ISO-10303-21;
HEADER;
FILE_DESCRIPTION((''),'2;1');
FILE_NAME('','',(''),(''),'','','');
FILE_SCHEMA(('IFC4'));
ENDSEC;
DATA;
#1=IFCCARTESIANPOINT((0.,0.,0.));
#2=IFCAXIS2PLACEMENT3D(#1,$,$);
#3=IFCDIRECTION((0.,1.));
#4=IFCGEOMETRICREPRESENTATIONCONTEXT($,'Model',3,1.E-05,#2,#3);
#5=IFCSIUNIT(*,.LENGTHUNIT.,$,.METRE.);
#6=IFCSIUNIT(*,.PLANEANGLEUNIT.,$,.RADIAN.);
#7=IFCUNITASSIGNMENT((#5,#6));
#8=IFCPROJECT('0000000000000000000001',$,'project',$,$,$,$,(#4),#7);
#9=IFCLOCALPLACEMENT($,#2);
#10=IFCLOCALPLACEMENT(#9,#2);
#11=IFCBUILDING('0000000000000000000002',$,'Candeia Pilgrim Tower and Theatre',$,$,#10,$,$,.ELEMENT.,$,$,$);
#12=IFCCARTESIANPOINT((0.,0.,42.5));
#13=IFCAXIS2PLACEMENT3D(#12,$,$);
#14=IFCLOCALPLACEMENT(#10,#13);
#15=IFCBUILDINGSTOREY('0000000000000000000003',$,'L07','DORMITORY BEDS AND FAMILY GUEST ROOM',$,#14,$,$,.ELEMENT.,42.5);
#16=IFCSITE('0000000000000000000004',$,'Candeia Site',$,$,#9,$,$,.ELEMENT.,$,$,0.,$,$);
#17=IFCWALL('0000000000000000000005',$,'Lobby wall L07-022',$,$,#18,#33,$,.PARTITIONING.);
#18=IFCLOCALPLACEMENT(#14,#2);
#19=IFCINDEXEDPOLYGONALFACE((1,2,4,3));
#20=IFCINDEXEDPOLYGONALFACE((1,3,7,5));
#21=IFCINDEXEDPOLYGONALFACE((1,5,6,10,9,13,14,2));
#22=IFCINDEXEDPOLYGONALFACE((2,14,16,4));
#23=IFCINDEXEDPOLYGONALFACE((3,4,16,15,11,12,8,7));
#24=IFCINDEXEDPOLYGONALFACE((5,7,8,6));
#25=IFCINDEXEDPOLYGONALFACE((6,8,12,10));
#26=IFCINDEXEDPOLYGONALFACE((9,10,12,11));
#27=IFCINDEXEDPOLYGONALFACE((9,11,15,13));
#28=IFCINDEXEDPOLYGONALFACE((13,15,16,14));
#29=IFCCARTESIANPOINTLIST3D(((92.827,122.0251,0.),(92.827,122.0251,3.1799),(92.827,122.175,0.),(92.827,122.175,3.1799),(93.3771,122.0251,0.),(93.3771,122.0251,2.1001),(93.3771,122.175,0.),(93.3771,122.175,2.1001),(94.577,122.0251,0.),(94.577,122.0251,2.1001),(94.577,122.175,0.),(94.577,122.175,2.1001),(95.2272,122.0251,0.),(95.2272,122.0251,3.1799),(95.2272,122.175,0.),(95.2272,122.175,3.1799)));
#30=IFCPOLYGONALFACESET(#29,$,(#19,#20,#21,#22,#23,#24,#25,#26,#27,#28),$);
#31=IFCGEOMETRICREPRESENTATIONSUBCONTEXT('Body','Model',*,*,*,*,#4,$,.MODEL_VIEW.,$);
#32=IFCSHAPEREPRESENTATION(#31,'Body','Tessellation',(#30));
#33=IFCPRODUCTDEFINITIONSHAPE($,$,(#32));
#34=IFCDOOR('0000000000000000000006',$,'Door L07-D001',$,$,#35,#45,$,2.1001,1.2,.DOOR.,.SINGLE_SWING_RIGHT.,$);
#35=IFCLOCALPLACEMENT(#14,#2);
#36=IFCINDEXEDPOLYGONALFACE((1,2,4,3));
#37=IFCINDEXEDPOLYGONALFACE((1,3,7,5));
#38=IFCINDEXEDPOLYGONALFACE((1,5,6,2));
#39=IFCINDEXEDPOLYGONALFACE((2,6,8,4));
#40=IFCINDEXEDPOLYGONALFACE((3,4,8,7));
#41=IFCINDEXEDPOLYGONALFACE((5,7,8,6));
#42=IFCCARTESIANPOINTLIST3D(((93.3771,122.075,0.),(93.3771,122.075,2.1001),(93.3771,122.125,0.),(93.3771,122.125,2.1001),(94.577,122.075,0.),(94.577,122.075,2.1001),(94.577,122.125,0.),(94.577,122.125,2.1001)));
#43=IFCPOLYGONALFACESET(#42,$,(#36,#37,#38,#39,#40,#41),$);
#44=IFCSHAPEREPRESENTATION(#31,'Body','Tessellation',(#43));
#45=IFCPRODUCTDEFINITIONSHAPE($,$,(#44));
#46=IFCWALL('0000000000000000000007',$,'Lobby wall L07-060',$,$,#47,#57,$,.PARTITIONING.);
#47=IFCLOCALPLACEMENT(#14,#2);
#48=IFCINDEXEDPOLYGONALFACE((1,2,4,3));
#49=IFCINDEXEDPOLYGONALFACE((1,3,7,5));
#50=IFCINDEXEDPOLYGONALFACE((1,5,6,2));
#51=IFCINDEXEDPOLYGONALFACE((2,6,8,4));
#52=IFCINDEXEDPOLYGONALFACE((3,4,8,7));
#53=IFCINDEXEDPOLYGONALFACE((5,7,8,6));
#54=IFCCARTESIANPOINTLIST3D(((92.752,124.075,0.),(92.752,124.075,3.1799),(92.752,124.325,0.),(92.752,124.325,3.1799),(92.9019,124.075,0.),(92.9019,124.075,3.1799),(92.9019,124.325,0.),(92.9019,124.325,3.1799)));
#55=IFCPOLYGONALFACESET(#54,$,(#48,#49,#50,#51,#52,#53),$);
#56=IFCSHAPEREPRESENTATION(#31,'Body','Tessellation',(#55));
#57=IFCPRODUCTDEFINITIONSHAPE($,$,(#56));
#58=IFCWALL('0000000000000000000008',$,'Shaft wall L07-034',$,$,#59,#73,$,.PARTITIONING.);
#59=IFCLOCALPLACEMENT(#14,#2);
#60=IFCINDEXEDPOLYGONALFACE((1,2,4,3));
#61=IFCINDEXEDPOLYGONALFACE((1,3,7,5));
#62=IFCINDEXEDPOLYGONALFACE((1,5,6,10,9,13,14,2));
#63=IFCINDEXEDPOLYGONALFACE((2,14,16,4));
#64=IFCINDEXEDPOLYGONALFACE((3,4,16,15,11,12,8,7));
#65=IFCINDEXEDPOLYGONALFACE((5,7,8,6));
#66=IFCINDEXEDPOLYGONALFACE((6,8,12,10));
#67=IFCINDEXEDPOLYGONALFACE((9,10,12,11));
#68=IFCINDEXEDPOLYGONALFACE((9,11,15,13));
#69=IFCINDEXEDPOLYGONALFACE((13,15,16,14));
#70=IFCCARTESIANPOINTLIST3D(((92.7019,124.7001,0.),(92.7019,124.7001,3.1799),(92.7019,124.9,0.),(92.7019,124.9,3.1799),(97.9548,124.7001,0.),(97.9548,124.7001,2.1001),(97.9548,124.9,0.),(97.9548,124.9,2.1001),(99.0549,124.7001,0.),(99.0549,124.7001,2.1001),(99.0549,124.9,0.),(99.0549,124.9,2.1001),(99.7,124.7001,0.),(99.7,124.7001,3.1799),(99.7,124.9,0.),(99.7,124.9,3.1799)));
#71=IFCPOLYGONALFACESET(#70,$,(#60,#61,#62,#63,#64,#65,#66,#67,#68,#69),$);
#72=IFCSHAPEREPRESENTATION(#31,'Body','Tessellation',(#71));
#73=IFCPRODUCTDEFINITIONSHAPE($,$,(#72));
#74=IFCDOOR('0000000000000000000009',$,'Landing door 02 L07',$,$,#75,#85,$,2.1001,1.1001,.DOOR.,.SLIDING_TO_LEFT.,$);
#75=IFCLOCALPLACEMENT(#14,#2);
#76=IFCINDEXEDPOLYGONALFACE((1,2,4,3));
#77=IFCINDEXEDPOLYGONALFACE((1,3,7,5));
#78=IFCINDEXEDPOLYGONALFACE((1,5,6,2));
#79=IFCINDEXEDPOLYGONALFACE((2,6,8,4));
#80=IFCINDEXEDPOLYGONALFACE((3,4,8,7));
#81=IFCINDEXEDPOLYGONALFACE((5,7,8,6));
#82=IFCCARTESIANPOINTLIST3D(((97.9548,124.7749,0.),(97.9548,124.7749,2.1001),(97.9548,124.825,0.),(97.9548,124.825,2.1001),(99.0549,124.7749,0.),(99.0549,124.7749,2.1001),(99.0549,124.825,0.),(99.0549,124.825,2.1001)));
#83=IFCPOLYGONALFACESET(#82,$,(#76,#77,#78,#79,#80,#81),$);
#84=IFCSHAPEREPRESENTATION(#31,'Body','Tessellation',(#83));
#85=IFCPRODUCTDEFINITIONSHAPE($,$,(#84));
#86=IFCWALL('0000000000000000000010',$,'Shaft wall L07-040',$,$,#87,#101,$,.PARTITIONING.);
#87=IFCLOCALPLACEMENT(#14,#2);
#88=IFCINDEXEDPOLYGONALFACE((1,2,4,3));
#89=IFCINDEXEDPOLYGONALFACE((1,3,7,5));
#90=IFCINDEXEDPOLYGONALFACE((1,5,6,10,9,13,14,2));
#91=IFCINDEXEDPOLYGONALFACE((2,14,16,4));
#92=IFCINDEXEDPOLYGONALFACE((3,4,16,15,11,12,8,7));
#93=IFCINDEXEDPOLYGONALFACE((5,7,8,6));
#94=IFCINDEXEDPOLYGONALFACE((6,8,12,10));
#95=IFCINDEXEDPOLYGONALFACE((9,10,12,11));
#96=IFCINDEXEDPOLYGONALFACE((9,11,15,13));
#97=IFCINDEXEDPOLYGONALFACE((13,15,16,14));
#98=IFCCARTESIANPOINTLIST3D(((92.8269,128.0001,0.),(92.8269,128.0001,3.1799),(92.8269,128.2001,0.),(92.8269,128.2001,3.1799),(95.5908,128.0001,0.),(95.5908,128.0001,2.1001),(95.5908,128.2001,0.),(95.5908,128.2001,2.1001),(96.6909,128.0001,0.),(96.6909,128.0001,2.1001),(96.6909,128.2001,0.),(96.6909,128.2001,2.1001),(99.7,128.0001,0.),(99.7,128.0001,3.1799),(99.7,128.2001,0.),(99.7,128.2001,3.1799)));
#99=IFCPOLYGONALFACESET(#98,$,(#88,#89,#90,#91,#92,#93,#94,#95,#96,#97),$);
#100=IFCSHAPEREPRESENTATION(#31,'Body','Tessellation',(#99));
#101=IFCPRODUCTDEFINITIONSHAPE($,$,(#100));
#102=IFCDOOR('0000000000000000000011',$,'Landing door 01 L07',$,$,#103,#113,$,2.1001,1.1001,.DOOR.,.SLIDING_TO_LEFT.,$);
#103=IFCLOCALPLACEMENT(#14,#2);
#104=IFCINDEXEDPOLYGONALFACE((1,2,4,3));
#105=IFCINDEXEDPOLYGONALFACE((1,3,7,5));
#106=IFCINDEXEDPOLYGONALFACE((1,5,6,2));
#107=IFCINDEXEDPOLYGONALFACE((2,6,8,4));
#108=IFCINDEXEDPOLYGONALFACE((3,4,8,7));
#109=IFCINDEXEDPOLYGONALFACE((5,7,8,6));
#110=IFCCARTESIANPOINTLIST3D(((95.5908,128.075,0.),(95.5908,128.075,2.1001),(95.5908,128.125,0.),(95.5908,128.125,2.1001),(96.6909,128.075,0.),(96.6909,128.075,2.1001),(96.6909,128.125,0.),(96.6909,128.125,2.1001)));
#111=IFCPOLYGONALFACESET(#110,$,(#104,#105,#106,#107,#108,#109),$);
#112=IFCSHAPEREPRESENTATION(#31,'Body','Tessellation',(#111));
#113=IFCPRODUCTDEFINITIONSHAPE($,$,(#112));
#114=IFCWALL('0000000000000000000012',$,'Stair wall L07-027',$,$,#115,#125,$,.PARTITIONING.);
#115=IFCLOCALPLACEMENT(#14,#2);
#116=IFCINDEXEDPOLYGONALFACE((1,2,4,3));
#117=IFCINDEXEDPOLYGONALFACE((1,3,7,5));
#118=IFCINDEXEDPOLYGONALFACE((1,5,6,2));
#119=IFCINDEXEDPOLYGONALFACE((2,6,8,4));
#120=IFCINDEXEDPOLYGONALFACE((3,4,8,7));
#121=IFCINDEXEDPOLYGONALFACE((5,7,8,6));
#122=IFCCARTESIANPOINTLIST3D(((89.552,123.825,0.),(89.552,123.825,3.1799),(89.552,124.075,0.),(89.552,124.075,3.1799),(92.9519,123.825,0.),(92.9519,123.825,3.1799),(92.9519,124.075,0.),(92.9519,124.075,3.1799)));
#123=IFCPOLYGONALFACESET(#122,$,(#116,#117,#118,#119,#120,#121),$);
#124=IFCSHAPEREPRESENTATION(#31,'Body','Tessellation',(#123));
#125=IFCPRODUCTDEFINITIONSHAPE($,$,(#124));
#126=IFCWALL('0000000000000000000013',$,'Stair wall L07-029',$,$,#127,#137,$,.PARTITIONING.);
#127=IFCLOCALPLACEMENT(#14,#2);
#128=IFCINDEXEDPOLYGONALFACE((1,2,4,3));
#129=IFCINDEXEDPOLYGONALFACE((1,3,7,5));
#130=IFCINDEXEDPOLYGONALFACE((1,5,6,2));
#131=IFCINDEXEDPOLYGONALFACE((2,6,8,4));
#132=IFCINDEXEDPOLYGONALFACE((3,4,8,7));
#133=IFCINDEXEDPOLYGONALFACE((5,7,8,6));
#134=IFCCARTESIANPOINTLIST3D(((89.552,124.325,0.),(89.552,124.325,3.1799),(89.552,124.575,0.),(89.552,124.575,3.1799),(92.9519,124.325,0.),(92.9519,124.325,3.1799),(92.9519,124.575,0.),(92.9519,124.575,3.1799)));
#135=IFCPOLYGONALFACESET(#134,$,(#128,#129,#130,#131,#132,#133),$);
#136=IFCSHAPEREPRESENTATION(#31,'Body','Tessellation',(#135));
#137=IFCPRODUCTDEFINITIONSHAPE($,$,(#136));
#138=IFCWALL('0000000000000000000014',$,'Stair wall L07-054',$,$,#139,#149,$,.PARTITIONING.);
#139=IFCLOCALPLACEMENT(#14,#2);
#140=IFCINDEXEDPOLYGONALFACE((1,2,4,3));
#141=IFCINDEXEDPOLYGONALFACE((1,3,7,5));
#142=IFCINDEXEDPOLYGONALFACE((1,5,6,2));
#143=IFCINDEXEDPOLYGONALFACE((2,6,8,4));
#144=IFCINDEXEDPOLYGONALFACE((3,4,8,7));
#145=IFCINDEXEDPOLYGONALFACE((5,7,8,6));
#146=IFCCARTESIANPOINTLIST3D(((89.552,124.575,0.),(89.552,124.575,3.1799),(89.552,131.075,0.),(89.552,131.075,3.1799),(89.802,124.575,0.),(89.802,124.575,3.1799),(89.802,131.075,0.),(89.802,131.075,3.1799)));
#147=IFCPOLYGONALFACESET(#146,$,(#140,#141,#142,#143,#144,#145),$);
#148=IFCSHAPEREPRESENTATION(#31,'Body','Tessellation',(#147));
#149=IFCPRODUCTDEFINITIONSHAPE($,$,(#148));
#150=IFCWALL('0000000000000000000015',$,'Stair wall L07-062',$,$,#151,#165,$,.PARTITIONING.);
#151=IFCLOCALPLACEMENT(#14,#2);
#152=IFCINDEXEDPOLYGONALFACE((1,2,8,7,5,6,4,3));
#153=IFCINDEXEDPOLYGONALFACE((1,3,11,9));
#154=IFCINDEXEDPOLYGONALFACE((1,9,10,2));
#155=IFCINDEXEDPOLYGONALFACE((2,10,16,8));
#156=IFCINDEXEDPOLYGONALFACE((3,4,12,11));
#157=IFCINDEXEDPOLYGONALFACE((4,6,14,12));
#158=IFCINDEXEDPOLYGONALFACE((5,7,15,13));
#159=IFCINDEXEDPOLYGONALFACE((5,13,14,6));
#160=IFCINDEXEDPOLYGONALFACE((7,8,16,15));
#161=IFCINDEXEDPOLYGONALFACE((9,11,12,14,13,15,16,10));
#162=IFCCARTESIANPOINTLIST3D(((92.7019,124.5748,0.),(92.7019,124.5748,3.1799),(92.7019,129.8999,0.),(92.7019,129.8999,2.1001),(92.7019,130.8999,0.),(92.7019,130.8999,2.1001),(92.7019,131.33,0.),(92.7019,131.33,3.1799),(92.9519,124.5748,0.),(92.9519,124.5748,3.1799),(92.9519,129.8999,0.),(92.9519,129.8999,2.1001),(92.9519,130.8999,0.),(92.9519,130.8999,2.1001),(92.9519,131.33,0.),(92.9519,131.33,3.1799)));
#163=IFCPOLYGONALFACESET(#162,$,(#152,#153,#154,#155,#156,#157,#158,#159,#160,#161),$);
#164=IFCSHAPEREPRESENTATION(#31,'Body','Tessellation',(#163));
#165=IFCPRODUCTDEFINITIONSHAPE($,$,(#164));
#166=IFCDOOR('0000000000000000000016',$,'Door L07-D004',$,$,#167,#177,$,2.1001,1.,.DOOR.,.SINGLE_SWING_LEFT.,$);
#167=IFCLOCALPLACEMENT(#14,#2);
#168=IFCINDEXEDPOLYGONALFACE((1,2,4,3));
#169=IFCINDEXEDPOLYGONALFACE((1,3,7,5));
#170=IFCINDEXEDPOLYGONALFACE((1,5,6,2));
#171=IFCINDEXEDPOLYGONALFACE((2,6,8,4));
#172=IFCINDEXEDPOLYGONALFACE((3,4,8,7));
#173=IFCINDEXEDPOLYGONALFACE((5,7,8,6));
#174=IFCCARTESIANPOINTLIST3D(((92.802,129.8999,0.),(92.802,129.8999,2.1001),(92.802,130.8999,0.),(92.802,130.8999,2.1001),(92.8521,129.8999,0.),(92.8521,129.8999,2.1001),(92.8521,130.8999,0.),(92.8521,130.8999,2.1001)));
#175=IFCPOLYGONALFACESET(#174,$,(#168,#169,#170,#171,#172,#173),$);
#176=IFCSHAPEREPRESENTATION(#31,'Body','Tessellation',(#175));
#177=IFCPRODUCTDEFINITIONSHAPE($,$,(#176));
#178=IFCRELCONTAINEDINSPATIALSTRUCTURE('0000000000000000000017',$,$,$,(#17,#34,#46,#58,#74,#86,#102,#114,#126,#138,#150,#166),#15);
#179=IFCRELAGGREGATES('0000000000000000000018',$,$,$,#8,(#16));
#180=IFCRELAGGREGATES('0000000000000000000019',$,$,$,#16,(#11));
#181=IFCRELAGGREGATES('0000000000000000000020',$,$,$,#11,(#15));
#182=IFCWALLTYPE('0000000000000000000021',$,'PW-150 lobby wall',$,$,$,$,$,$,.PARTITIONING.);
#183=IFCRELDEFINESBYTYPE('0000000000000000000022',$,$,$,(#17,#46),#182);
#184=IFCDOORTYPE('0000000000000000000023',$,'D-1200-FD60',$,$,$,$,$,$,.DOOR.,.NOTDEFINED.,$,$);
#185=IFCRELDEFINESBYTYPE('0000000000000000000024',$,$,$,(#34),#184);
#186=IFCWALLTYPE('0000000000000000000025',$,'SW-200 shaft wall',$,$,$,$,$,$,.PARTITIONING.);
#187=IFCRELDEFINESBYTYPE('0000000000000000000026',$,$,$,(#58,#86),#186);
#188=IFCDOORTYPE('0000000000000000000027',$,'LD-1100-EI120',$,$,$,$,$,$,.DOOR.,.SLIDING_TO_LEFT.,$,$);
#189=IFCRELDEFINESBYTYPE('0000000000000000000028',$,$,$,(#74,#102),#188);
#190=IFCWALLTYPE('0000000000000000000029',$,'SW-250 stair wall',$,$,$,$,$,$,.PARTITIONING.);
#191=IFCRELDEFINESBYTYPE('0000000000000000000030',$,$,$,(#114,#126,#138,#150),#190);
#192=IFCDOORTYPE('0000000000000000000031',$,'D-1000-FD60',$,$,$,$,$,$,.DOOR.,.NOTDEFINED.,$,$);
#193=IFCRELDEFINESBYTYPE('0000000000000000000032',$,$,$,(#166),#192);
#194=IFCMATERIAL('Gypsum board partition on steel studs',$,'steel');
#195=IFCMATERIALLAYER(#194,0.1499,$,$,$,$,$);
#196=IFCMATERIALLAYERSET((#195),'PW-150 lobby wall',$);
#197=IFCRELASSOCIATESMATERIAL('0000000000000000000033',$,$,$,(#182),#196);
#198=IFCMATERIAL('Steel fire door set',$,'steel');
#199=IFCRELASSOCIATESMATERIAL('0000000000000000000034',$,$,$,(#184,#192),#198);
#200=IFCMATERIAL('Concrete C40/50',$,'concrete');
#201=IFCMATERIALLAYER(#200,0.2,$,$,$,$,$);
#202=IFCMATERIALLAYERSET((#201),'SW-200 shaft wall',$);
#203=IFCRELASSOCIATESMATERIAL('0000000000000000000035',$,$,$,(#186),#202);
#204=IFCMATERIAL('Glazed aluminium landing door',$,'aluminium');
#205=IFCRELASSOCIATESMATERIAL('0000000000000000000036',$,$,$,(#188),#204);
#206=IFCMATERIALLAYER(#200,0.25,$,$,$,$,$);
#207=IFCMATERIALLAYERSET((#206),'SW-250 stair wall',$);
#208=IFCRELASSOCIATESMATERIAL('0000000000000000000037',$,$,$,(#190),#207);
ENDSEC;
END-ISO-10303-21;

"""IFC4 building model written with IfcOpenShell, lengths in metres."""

from ifc_helpers import new_model, si_unit, direction, frame, frame_2d, origin, place, context, subcontext, project, spatial, rectangle, extrude, material, layer, layer_set, type_object, element, fill, save


model = new_model("IFC4")

# Units and contexts
model_context = context("Model", 3, precision=1e-05, world=origin(), true_north=direction((0.0, 1.0)))
body_context = subcontext(model_context, "Body", "Model", "MODEL_VIEW")
ifc_project = project(units=[si_unit("LENGTHUNIT", "METRE"), si_unit("PLANEANGLEUNIT", "RADIAN")], contexts=[model_context])

# Site, building, storey
site_placement = place(None, origin())
site = spatial("IfcSite", under=ifc_project, at=site_placement, Name="Candeia Site", CompositionType="ELEMENT", RefElevation=0.0)
building_placement = place(site_placement, origin())
building = spatial("IfcBuilding", under=site, at=building_placement, Name="Candeia Pilgrim Tower and Theatre", CompositionType="ELEMENT")
storey_placement = place(building_placement, frame((0.0, 0.0, 42.5)))
storey = spatial("IfcBuildingStorey", under=building, at=storey_placement, Name="L07", Description="DORMITORY BEDS AND FAMILY GUEST ROOM", CompositionType="ELEMENT", Elevation=42.5)

# Wall, opening, door
ifc_material_1 = material(Name="Gypsum board partition on steel studs", Category="steel")
ifc_layer_1 = layer(ifc_material_1, 0.1499)
ifc_layer_set_1 = layer_set([ifc_layer_1], Name="PW-150 lobby wall")
wall_type_1 = type_object("IfcWallType", Name="PW-150 lobby wall", PredefinedType="PARTITIONING", material=ifc_layer_set_1)
wall_1_placement = place(storey_placement, frame((92.8269, 122.1001, 0.0), z_axis=(0.0, 0.0, 1.0), x_axis=(1.0, 0.0, 0.0)))
wall_1 = element("IfcWall", 1, at=wall_1_placement, inside=storey, type_object=wall_type_1, Name="Lobby wall L07-022", PredefinedType="PARTITIONING", context=body_context, shape_type="SweptSolid", body=[
    extrude(rectangle(XDim=2.4001, YDim=0.1499, at=frame_2d((1.2002, 0.0))), origin(), (0.0, 0.0, 1.0), 3.1799),
])
opening_1_placement = place(wall_1_placement, frame((0.55, 0.0, 0.0)))
opening_1 = element("IfcOpeningElement", 2, at=opening_1_placement, cuts=wall_1, PredefinedType="OPENING", context=body_context, shape_type="SweptSolid", body=[
    extrude(rectangle(XDim=1.2, YDim=2.1001, at=frame_2d((0.6001, 1.05))), frame((0.0, 0.085, 0.0), z_axis=(0.0, -1.0, 0.0), x_axis=(1.0, 0.0, 0.0)), (0.0, 0.0, 1.0), 0.1699),
])
ifc_material_2 = material(Name="Steel fire door set", Category="steel")
door_type_1 = type_object("IfcDoorType", Name="D-1200-FD60", OperationType="NOTDEFINED", PredefinedType="DOOR", material=ifc_material_2)
door_1_placement = place(opening_1_placement, origin())
door_1 = element("IfcDoor", 3, at=door_1_placement, inside=storey, type_object=door_type_1, Name="Door L07-D001", OperationType="SINGLE_SWING_RIGHT", OverallHeight=2.1001, OverallWidth=1.2, PredefinedType="DOOR", context=body_context, shape_type="SweptSolid", body=[
    extrude(rectangle(XDim=1.2, YDim=2.1001, at=frame_2d((0.6001, 1.05))), frame((0.0, 0.0249, 0.0), z_axis=(0.0, -1.0, 0.0), x_axis=(1.0, 0.0, 0.0)), (0.0, 0.0, 1.0), 0.05),
])
fill(opening_1, door_1)

# Wall
wall_2_placement = place(storey_placement, frame((92.8269, 124.075, 0.0), z_axis=(0.0, 0.0, 1.0), x_axis=(0.0, 1.0, 0.0)))
element("IfcWall", 4, at=wall_2_placement, inside=storey, type_object=wall_type_1, Name="Lobby wall L07-060", PredefinedType="PARTITIONING", context=body_context, shape_type="SweptSolid", body=[
    extrude(rectangle(XDim=0.25, YDim=0.1499, at=frame_2d((0.125, 0.0))), origin(), (0.0, 0.0, 1.0), 3.1799),
])

# Walls, openings, doors
ifc_material_3 = material(Name="Concrete C40/50", Category="concrete")
ifc_layer_2 = layer(ifc_material_3, 0.2)
ifc_layer_set_2 = layer_set([ifc_layer_2], Name="SW-200 shaft wall")
wall_type_2 = type_object("IfcWallType", Name="SW-200 shaft wall", PredefinedType="PARTITIONING", material=ifc_layer_set_2)
wall_3_placement = place(storey_placement, frame((92.7019, 124.8, 0.0), z_axis=(0.0, 0.0, 1.0), x_axis=(1.0, 0.0, 0.0)))
wall_3 = element("IfcWall", 5, at=wall_3_placement, inside=storey, type_object=wall_type_2, Name="Shaft wall L07-034", PredefinedType="PARTITIONING", context=body_context, shape_type="SweptSolid", body=[
    extrude(rectangle(XDim=6.998, YDim=0.2, at=frame_2d((3.499, 0.0))), origin(), (0.0, 0.0, 1.0), 3.1799),
])
opening_2_placement = place(wall_3_placement, frame((5.2529, 0.0, 0.0)))
opening_2 = element("IfcOpeningElement", 6, at=opening_2_placement, cuts=wall_3, PredefinedType="OPENING", context=body_context, shape_type="SweptSolid", body=[
    extrude(rectangle(XDim=1.1001, YDim=2.1001, at=frame_2d((0.55, 1.05))), frame((0.0, 0.1099, 0.0), z_axis=(0.0, -1.0, 0.0), x_axis=(1.0, 0.0, 0.0)), (0.0, 0.0, 1.0), 0.22),
])
ifc_material_4 = material(Name="Glazed aluminium landing door", Category="aluminium")
door_type_2 = type_object("IfcDoorType", Name="LD-1100-EI120", OperationType="SLIDING_TO_LEFT", PredefinedType="DOOR", material=ifc_material_4)
door_2_placement = place(opening_2_placement, origin())
door_2 = element("IfcDoor", 7, at=door_2_placement, inside=storey, type_object=door_type_2, Name="Landing door 02 L07", OperationType="SLIDING_TO_LEFT", OverallHeight=2.1001, OverallWidth=1.1001, PredefinedType="DOOR", context=body_context, shape_type="SweptSolid", body=[
    extrude(rectangle(XDim=1.1001, YDim=2.1001, at=frame_2d((0.55, 1.05))), frame((0.0, 0.0249, 0.0), z_axis=(0.0, -1.0, 0.0), x_axis=(1.0, 0.0, 0.0)), (0.0, 0.0, 1.0), 0.05),
])
fill(opening_2, door_2)
wall_4_placement = place(storey_placement, frame((92.8269, 128.1001, 0.0), z_axis=(0.0, 0.0, 1.0), x_axis=(1.0, 0.0, 0.0)))
wall_4 = element("IfcWall", 8, at=wall_4_placement, inside=storey, type_object=wall_type_2, Name="Shaft wall L07-040", PredefinedType="PARTITIONING", context=body_context, shape_type="SweptSolid", body=[
    extrude(rectangle(XDim=6.873, YDim=0.2, at=frame_2d((3.4365, 0.0))), origin(), (0.0, 0.0, 1.0), 3.1799),
])
opening_3_placement = place(wall_4_placement, frame((2.7639, 0.0, 0.0)))
opening_3 = element("IfcOpeningElement", 9, at=opening_3_placement, cuts=wall_4, PredefinedType="OPENING", context=body_context, shape_type="SweptSolid", body=[
    extrude(rectangle(XDim=1.1001, YDim=2.1001, at=frame_2d((0.55, 1.05))), frame((0.0, 0.1099, 0.0), z_axis=(0.0, -1.0, 0.0), x_axis=(1.0, 0.0, 0.0)), (0.0, 0.0, 1.0), 0.22),
])
door_3_placement = place(opening_3_placement, origin())
door_3 = element("IfcDoor", 10, at=door_3_placement, inside=storey, type_object=door_type_2, Name="Landing door 01 L07", OperationType="SLIDING_TO_LEFT", OverallHeight=2.1001, OverallWidth=1.1001, PredefinedType="DOOR", context=body_context, shape_type="SweptSolid", body=[
    extrude(rectangle(XDim=1.1001, YDim=2.1001, at=frame_2d((0.55, 1.05))), frame((0.0, 0.0249, 0.0), z_axis=(0.0, -1.0, 0.0), x_axis=(1.0, 0.0, 0.0)), (0.0, 0.0, 1.0), 0.05),
])
fill(opening_3, door_3)

# Walls
ifc_layer_3 = layer(ifc_material_3, 0.25)
ifc_layer_set_3 = layer_set([ifc_layer_3], Name="SW-250 stair wall")
wall_type_3 = type_object("IfcWallType", Name="SW-250 stair wall", PredefinedType="PARTITIONING", material=ifc_layer_set_3)
for number, where, z_axis, x_axis, name in (
    (11, (89.552, 123.95, 0.0), (0.0, 0.0, 1.0), (1.0, 0.0, 0.0), "Stair wall L07-027"),
    (12, (89.552, 124.45, 0.0), (0.0, 0.0, 1.0), (1.0, 0.0, 0.0), "Stair wall L07-029"),
):
    element("IfcWall", number, at=place(storey_placement, frame(where, z_axis=z_axis, x_axis=x_axis)), inside=storey, type_object=wall_type_3, Name=name, PredefinedType="PARTITIONING", context=body_context, shape_type="SweptSolid", body=[
        extrude(rectangle(XDim=3.3999, YDim=0.25, at=frame_2d((1.7, 0.0))), origin(), (0.0, 0.0, 1.0), 3.1799),
    ])
wall_5_placement = place(storey_placement, frame((89.677, 124.575, 0.0), z_axis=(0.0, 0.0, 1.0), x_axis=(0.0, 1.0, 0.0)))
element("IfcWall", 13, at=wall_5_placement, inside=storey, type_object=wall_type_3, Name="Stair wall L07-054", PredefinedType="PARTITIONING", context=body_context, shape_type="SweptSolid", body=[
    extrude(rectangle(XDim=6.5, YDim=0.25, at=frame_2d((3.25, 0.0))), origin(), (0.0, 0.0, 1.0), 3.1799),
])

# Wall, opening, door
wall_6_placement = place(storey_placement, frame((92.8269, 124.575, 0.0), z_axis=(0.0, 0.0, 1.0), x_axis=(0.0, 1.0, 0.0)))
wall_6 = element("IfcWall", 14, at=wall_6_placement, inside=storey, type_object=wall_type_3, Name="Stair wall L07-062", PredefinedType="PARTITIONING", context=body_context, shape_type="SweptSolid", body=[
    extrude(rectangle(XDim=6.7551, YDim=0.25, at=frame_2d((3.3774, 0.0))), origin(), (0.0, 0.0, 1.0), 3.1799),
])
opening_4_placement = place(wall_6_placement, frame((5.325, 0.0, 0.0)))
opening_4 = element("IfcOpeningElement", 15, at=opening_4_placement, cuts=wall_6, PredefinedType="OPENING", context=body_context, shape_type="SweptSolid", body=[
    extrude(rectangle(XDim=1.0, YDim=2.1001, at=frame_2d((0.5, 1.05))), frame((0.0, 0.135, 0.0), z_axis=(0.0, -1.0, 0.0), x_axis=(1.0, 0.0, 0.0)), (0.0, 0.0, 1.0), 0.27),
])
door_type_3 = type_object("IfcDoorType", Name="D-1000-FD60", OperationType="NOTDEFINED", PredefinedType="DOOR", material=ifc_material_2)
door_4_placement = place(opening_4_placement, origin())
door_4 = element("IfcDoor", 16, at=door_4_placement, inside=storey, type_object=door_type_3, Name="Door L07-D004", OperationType="SINGLE_SWING_LEFT", OverallHeight=2.1001, OverallWidth=1.0, PredefinedType="DOOR", context=body_context, shape_type="SweptSolid", body=[
    extrude(rectangle(XDim=1.0, YDim=2.1001, at=frame_2d((0.5, 1.05))), frame((0.0, 0.0249, 0.0), z_axis=(0.0, -1.0, 0.0), x_axis=(1.0, 0.0, 0.0)), (0.0, 0.0, 1.0), 0.05),
])
fill(opening_4, door_4)

save(model, "model.ifc")
